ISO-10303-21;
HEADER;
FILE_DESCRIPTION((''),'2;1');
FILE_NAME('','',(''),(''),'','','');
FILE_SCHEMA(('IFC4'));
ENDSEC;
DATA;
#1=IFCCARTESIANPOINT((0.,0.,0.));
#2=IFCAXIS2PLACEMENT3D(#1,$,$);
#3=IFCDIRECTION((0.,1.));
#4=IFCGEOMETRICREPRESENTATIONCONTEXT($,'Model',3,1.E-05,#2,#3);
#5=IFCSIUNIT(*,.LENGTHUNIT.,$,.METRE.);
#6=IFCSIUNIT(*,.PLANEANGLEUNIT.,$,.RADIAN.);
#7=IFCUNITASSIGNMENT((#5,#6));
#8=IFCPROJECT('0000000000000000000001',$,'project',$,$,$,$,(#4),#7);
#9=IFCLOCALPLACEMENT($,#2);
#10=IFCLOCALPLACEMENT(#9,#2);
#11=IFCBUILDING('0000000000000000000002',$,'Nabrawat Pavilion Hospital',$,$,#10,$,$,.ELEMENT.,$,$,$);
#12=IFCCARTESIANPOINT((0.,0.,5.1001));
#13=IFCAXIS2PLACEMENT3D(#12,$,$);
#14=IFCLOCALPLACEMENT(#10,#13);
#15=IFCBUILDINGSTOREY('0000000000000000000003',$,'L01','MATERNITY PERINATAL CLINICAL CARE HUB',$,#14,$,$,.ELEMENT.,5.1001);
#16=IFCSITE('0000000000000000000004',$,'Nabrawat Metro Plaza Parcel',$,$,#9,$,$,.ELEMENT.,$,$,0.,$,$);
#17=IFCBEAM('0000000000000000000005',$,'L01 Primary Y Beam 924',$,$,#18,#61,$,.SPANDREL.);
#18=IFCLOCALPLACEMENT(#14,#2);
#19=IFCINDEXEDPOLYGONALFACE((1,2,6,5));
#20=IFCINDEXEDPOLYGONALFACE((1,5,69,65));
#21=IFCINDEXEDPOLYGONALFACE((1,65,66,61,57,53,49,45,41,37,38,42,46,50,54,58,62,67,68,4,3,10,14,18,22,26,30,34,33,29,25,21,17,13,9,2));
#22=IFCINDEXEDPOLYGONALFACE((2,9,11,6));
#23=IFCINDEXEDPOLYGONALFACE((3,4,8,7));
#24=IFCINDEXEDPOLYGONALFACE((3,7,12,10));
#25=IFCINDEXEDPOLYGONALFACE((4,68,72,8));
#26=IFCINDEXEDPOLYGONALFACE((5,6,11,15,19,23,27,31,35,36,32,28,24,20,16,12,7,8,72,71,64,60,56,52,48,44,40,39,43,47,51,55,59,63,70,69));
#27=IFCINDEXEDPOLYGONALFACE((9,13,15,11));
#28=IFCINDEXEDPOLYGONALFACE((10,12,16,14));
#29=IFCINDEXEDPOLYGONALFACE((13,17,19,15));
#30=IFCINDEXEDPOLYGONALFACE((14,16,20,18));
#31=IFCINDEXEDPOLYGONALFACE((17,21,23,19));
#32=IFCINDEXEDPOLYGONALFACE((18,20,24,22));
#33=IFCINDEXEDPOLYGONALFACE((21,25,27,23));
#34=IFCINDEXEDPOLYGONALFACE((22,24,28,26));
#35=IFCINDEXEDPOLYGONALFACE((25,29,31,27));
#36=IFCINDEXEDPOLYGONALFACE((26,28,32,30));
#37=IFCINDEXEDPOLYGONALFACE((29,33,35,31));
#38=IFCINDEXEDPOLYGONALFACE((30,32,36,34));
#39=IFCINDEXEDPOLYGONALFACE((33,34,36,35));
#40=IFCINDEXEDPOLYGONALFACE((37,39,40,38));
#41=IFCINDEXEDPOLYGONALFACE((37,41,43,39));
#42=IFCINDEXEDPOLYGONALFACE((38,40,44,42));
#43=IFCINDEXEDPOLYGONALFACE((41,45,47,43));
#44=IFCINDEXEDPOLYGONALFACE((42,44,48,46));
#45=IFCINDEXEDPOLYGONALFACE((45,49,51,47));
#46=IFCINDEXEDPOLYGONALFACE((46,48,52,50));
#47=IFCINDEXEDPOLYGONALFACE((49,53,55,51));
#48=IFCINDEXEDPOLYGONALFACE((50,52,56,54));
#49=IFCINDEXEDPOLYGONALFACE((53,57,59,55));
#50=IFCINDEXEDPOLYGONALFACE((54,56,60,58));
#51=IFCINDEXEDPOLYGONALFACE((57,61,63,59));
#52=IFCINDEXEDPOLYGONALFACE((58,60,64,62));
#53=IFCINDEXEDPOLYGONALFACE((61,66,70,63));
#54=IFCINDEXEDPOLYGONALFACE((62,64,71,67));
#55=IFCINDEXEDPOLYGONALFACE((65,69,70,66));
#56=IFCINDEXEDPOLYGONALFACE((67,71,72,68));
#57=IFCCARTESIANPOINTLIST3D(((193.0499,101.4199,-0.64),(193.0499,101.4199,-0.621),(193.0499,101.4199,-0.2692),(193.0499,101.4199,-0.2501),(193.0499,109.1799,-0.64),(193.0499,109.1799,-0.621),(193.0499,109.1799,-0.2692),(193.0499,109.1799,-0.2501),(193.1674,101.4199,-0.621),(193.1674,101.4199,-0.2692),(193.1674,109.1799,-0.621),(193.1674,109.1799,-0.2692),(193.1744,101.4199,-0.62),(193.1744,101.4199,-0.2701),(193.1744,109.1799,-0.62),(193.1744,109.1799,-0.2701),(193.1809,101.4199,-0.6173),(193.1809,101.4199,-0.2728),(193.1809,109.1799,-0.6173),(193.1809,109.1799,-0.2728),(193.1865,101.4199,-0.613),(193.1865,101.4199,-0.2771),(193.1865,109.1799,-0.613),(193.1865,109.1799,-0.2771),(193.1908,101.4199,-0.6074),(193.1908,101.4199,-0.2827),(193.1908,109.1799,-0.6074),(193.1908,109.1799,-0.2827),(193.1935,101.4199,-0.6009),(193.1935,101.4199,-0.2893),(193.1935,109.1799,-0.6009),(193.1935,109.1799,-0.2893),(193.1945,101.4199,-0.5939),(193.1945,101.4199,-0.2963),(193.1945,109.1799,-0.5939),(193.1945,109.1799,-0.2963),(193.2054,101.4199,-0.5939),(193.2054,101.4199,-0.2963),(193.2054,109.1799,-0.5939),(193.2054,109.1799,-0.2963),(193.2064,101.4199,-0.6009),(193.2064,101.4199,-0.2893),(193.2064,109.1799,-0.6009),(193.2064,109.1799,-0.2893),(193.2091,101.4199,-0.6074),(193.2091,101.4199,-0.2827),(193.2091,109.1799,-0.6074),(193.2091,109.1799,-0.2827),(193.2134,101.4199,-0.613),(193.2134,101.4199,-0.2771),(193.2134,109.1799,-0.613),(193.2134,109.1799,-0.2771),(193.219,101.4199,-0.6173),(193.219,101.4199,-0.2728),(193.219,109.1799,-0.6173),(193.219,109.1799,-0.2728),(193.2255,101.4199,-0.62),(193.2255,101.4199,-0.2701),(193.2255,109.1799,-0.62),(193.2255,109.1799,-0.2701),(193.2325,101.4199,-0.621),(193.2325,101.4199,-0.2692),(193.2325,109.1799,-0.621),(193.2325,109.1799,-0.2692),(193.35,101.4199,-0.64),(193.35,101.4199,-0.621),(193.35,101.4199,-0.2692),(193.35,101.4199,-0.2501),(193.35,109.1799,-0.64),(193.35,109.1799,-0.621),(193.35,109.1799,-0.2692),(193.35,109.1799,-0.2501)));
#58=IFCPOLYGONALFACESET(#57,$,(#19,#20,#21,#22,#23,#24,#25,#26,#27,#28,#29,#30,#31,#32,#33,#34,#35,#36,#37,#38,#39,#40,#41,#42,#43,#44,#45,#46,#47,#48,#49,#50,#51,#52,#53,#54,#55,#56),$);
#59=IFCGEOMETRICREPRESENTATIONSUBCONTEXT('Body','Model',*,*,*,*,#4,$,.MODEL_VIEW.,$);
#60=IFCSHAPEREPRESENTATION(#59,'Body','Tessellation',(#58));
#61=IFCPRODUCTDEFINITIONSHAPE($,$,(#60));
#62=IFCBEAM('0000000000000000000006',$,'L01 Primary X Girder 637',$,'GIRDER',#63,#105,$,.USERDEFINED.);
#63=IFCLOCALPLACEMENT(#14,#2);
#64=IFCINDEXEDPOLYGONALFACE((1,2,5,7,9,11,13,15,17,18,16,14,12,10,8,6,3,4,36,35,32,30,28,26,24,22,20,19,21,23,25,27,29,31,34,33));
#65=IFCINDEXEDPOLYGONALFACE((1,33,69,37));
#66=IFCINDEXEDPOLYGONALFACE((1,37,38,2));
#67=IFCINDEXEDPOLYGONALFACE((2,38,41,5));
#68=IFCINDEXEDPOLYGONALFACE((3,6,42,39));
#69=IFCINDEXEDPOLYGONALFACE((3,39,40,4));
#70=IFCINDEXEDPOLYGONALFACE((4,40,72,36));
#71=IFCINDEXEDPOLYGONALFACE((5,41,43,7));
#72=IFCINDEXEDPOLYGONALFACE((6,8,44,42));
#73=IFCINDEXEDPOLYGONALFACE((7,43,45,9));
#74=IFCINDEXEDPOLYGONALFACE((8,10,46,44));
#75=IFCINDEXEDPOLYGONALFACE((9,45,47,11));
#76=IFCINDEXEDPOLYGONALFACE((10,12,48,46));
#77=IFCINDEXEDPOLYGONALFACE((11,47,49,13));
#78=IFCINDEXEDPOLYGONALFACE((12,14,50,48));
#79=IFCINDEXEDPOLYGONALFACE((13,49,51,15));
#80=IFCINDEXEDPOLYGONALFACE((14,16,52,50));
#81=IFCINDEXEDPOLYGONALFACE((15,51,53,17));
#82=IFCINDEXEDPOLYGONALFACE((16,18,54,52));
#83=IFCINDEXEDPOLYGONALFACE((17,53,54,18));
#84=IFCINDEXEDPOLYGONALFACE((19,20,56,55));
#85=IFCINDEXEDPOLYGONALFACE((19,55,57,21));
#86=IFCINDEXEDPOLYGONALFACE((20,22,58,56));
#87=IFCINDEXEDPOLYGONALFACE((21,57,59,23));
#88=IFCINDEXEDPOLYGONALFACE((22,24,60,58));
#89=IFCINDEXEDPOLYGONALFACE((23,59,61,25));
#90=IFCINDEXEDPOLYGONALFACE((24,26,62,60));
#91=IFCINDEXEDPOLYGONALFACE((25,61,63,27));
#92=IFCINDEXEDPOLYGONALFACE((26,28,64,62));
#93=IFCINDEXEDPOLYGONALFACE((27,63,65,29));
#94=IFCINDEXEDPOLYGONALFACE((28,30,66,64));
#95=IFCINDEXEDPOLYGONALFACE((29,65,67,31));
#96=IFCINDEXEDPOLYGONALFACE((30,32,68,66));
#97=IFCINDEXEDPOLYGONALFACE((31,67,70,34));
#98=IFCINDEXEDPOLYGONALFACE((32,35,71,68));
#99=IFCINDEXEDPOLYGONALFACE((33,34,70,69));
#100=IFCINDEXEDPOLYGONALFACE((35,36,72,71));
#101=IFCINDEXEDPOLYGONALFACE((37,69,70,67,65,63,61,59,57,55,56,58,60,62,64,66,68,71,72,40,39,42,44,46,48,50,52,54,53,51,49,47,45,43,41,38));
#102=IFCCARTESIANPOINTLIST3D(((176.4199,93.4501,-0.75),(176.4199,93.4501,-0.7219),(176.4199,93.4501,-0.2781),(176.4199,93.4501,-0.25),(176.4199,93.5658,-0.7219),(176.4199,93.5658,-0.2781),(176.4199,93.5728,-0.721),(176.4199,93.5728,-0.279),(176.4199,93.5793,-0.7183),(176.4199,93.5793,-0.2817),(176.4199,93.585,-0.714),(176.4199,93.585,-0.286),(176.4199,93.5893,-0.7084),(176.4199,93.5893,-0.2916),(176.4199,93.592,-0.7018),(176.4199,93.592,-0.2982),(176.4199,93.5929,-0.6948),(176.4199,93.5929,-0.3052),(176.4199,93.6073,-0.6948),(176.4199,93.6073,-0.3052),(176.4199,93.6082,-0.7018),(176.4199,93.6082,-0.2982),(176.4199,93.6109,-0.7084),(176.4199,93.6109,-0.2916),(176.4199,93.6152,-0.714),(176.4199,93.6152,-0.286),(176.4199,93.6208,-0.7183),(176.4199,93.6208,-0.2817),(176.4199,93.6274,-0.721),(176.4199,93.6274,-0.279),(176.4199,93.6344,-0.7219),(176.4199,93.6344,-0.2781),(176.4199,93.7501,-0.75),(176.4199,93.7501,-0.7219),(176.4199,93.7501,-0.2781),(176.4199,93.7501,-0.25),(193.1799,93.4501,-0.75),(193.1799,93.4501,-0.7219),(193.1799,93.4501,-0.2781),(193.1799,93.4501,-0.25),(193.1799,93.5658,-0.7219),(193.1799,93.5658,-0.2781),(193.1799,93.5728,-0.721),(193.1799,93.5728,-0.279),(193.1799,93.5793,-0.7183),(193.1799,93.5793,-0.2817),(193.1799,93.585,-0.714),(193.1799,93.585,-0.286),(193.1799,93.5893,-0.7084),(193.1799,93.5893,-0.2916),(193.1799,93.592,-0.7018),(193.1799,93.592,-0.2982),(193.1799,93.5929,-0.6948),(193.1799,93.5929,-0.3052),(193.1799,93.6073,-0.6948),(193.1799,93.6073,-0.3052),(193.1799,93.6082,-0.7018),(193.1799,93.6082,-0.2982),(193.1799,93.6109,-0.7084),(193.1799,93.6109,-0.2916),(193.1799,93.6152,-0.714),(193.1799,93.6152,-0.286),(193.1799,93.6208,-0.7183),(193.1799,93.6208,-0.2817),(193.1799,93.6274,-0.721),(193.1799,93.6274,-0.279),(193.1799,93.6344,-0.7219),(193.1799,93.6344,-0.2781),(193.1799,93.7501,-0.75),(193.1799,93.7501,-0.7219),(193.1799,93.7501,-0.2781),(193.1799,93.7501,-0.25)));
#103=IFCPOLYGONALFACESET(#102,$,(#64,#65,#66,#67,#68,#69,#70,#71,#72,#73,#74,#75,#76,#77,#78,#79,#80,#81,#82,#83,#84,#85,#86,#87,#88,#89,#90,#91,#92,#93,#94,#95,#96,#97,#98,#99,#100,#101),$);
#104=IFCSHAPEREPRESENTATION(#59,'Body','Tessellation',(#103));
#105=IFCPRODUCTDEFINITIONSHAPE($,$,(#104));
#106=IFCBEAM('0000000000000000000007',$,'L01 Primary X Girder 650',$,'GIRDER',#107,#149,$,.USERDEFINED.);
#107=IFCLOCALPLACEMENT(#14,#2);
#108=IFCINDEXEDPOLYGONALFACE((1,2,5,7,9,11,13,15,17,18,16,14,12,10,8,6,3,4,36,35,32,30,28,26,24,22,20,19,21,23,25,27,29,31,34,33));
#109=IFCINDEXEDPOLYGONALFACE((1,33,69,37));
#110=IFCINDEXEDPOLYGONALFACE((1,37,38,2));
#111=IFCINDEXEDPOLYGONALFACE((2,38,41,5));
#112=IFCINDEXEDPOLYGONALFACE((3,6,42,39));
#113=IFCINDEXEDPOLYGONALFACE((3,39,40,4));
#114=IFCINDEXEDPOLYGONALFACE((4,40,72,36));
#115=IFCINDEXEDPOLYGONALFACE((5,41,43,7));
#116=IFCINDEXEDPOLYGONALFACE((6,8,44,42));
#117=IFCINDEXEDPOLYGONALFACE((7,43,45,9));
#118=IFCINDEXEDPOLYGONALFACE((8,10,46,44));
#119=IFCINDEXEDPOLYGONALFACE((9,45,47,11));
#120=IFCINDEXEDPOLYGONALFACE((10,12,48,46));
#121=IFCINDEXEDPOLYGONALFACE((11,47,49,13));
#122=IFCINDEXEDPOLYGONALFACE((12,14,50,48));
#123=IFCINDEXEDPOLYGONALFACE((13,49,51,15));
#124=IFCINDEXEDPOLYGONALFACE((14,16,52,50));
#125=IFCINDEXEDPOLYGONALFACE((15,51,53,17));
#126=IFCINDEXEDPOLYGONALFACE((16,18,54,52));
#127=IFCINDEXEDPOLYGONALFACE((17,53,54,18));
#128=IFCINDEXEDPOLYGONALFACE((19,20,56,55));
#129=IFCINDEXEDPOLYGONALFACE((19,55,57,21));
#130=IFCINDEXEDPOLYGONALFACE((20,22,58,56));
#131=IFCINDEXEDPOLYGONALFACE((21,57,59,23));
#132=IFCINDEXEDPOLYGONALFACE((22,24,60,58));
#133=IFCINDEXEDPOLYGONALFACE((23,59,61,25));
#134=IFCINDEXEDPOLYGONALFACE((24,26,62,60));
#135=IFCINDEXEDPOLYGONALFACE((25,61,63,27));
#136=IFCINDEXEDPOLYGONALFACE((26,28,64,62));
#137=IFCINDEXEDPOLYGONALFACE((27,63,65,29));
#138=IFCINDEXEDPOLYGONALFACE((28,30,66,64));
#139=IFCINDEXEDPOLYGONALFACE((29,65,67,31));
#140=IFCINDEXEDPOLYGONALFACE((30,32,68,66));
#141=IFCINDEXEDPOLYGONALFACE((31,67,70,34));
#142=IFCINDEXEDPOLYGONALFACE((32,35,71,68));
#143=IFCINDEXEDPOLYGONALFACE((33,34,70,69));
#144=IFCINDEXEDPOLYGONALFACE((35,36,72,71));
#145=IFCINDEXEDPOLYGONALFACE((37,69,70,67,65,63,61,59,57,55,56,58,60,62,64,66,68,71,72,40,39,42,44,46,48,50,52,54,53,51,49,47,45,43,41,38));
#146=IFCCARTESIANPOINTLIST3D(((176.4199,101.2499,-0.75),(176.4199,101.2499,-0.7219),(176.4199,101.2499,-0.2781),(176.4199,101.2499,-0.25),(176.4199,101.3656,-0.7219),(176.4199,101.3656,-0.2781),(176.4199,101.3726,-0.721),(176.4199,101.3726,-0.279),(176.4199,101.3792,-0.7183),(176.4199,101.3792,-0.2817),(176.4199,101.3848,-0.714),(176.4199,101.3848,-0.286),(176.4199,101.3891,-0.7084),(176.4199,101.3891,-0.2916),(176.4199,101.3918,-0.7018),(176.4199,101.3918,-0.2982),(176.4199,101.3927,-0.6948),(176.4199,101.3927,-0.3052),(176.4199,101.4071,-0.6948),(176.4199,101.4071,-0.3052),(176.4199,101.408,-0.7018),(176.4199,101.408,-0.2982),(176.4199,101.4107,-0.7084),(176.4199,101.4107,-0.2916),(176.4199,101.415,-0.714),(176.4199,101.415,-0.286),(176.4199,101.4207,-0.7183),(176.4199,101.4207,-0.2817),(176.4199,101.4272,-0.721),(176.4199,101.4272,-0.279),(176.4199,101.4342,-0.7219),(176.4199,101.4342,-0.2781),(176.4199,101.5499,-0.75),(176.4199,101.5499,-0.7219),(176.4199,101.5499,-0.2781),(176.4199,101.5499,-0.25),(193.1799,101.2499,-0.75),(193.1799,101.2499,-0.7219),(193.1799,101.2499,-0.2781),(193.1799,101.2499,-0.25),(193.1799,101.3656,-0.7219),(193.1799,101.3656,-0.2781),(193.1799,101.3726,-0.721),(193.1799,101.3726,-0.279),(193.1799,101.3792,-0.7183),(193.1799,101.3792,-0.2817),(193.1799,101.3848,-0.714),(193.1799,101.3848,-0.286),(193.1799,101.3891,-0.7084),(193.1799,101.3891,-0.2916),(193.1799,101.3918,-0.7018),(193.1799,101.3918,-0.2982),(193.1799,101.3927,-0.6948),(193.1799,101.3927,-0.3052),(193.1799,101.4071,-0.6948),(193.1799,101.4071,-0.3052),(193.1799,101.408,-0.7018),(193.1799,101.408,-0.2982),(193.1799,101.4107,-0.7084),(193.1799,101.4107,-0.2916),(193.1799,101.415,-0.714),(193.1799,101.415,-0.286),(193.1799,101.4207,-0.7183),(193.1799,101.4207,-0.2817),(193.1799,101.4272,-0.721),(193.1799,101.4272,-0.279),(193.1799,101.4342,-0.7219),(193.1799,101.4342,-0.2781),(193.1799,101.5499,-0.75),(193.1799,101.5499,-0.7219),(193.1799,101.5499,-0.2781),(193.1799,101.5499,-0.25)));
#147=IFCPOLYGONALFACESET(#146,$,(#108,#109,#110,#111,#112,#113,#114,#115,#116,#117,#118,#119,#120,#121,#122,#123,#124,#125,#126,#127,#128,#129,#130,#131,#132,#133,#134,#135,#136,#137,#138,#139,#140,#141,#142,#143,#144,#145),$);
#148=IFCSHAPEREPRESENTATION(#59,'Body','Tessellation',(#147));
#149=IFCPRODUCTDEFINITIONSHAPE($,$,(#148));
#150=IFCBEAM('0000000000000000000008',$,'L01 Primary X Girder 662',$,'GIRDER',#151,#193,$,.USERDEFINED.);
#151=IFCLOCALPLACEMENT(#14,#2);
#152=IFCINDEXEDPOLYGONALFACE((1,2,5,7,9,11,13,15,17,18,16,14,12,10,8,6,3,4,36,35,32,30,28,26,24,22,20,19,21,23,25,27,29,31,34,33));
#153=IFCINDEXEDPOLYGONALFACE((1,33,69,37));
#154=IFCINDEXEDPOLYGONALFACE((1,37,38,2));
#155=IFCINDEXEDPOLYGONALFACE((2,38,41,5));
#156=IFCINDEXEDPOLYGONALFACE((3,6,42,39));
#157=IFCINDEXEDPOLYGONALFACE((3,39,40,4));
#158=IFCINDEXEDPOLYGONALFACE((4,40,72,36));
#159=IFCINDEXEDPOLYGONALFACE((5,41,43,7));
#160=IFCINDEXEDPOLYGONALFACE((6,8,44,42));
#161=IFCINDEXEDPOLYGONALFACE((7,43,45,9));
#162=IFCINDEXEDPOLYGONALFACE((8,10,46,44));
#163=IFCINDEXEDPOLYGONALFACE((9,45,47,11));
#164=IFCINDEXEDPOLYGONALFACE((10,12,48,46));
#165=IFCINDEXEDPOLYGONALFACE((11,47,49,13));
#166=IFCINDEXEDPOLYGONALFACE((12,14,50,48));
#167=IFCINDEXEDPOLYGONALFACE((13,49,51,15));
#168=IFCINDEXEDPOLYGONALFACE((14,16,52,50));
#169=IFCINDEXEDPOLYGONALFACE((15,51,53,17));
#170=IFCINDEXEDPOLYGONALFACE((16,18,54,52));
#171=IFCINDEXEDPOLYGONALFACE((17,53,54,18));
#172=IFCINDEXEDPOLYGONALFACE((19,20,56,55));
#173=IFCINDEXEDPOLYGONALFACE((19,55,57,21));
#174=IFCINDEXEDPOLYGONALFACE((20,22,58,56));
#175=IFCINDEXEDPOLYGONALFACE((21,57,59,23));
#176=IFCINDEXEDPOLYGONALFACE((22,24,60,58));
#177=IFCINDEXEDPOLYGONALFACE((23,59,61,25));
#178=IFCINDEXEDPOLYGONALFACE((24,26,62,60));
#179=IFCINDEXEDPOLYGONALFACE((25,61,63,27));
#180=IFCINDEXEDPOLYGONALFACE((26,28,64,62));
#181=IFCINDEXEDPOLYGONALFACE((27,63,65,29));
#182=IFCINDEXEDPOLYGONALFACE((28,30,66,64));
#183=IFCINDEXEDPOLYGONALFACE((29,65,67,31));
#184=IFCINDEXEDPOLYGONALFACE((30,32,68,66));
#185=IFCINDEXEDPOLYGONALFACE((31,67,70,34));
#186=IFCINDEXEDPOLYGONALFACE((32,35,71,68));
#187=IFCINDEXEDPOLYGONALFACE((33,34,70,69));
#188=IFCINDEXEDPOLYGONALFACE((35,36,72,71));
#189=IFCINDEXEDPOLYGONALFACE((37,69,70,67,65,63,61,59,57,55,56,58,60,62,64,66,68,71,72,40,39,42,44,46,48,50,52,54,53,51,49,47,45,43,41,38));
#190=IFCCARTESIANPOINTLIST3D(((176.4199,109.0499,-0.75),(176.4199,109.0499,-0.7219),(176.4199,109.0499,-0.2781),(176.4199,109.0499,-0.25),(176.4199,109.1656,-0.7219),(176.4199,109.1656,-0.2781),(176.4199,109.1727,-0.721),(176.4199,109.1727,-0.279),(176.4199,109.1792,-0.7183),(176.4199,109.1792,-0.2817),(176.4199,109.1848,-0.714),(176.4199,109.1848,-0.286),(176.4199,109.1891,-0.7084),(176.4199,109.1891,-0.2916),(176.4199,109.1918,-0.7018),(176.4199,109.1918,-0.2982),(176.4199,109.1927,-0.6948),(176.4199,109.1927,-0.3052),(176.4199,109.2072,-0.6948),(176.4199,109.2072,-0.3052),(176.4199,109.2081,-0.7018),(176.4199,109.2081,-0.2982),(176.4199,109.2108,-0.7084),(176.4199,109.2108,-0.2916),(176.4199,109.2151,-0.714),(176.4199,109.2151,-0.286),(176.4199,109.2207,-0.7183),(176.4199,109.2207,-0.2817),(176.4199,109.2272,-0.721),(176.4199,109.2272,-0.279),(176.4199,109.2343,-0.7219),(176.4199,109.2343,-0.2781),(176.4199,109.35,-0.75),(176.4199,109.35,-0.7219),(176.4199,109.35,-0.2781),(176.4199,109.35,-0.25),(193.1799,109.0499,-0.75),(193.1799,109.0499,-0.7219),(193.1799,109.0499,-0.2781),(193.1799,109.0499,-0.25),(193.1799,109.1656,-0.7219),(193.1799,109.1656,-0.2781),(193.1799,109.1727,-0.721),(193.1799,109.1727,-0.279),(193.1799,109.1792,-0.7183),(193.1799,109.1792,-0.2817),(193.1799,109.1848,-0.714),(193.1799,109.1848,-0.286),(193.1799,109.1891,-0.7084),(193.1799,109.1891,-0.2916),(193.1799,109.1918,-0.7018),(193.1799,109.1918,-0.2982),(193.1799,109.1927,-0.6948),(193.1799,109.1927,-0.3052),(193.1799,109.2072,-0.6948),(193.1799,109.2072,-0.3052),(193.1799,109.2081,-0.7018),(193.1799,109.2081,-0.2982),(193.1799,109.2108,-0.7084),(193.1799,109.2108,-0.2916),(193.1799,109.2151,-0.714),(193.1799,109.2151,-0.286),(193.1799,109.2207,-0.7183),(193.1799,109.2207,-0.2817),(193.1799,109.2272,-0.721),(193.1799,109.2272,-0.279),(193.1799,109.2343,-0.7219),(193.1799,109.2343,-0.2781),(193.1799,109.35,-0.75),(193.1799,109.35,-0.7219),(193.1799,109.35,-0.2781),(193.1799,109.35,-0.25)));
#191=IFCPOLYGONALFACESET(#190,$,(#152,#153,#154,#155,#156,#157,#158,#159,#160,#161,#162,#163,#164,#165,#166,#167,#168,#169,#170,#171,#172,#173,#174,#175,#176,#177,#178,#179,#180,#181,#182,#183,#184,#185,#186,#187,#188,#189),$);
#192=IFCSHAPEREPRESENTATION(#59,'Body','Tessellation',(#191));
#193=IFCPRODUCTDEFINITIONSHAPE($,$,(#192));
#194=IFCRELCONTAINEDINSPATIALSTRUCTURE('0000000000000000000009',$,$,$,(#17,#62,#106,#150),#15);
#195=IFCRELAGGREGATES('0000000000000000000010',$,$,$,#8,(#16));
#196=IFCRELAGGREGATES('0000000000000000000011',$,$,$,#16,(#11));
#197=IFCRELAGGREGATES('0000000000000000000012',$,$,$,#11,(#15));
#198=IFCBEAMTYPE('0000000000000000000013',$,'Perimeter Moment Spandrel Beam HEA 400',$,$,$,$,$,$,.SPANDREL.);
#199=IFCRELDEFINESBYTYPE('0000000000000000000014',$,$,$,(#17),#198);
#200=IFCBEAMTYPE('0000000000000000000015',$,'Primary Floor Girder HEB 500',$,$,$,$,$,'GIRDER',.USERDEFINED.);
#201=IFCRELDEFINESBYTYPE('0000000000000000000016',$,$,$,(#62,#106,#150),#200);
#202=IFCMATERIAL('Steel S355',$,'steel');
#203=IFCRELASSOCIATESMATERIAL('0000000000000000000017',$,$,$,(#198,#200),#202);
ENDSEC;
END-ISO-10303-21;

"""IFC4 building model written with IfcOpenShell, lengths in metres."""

from ifc_helpers import new_model, si_unit, direction, frame, origin, origin_2d, place, context, subcontext, project, spatial, i_section, extrude, material, material_profile, profile_set, type_object, element, save


model = new_model("IFC4")

# Units and contexts
model_context = context("Model", 3, precision=1e-05, world=origin(), true_north=direction((0.0, 1.0)))
body_context = subcontext(model_context, "Body", "Model", "MODEL_VIEW")
ifc_project = project(units=[si_unit("LENGTHUNIT", "METRE"), si_unit("PLANEANGLEUNIT", "RADIAN")], contexts=[model_context])

# Site, building, storey
site_placement = place(None, origin())
site = spatial("IfcSite", under=ifc_project, at=site_placement, Name="Nabrawat Metro Plaza Parcel", CompositionType="ELEMENT", RefElevation=0.0)
building_placement = place(site_placement, origin())
building = spatial("IfcBuilding", under=site, at=building_placement, Name="Nabrawat Pavilion Hospital", CompositionType="ELEMENT")
storey_placement = place(building_placement, frame((0.0, 0.0, 5.1001)))
storey = spatial("IfcBuildingStorey", under=building, at=storey_placement, Name="L01", Description="MATERNITY PERINATAL CLINICAL CARE HUB", CompositionType="ELEMENT", Elevation=5.1001)

# Shared definitions
ifc_material_1 = material(Name="Steel S355", Category="steel")

# Beams
ifc_material_profile_1 = material_profile(ifc_material_1, i_section(OverallWidth=0.3, OverallDepth=0.3899, WebThickness=0.011, FlangeThickness=0.019, FilletRadius=0.0271, at=origin_2d()), Name="HEA 400")
ifc_profile_set_1 = profile_set([ifc_material_profile_1], Name="Steel S355")
beam_type_1 = type_object("IfcBeamType", Name="Perimeter Moment Spandrel Beam HEA 400", PredefinedType="SPANDREL", material=ifc_profile_set_1)
beam_1_placement = place(storey_placement, frame((193.2, 101.4199, -0.4451), z_axis=(0.0, 1.0, 0.0), x_axis=(-1.0, 0.0, 0.0)))
element("IfcBeam", 1, at=beam_1_placement, inside=storey, type_object=beam_type_1, Name="L01 Primary Y Beam 924", PredefinedType="SPANDREL", context=body_context, shape_type="SweptSolid", body=[
    extrude(i_section(OverallWidth=0.3, OverallDepth=0.3899, WebThickness=0.011, FlangeThickness=0.019, FilletRadius=0.0271, at=origin_2d()), origin(), (0.0, 0.0, 1.0), 7.76),
])
ifc_material_profile_2 = material_profile(ifc_material_1, i_section(OverallWidth=0.3, OverallDepth=0.5, WebThickness=0.0144, FlangeThickness=0.0281, FilletRadius=0.0271, at=origin_2d()), Name="HEB 500")
ifc_profile_set_2 = profile_set([ifc_material_profile_2], Name="Steel S355")
beam_type_2 = type_object("IfcBeamType", Name="Primary Floor Girder HEB 500", ElementType="GIRDER", PredefinedType="USERDEFINED", material=ifc_profile_set_2)
for number, where, z_axis, x_axis, name in (
    (2, (176.4199, 93.6001, -0.5), (1.0, 0.0, 0.0), (0.0, 1.0, 0.0), "L01 Primary X Girder 637"),
    (3, (176.4199, 101.3999, -0.5), (1.0, 0.0, 0.0), (0.0, 1.0, 0.0), "L01 Primary X Girder 650"),
    (4, (176.4199, 109.2, -0.5), (1.0, 0.0, 0.0), (0.0, 1.0, 0.0), "L01 Primary X Girder 662"),
):
    element("IfcBeam", number, at=place(storey_placement, frame(where, z_axis=z_axis, x_axis=x_axis)), inside=storey, type_object=beam_type_2, Name=name, ObjectType="GIRDER", PredefinedType="USERDEFINED", context=body_context, shape_type="SweptSolid", body=[
        extrude(i_section(OverallWidth=0.3, OverallDepth=0.5, WebThickness=0.0144, FlangeThickness=0.0281, FilletRadius=0.0271, at=origin_2d()), origin(), (0.0, 0.0, 1.0), 16.76),
    ])

save(model, "model.ifc")
